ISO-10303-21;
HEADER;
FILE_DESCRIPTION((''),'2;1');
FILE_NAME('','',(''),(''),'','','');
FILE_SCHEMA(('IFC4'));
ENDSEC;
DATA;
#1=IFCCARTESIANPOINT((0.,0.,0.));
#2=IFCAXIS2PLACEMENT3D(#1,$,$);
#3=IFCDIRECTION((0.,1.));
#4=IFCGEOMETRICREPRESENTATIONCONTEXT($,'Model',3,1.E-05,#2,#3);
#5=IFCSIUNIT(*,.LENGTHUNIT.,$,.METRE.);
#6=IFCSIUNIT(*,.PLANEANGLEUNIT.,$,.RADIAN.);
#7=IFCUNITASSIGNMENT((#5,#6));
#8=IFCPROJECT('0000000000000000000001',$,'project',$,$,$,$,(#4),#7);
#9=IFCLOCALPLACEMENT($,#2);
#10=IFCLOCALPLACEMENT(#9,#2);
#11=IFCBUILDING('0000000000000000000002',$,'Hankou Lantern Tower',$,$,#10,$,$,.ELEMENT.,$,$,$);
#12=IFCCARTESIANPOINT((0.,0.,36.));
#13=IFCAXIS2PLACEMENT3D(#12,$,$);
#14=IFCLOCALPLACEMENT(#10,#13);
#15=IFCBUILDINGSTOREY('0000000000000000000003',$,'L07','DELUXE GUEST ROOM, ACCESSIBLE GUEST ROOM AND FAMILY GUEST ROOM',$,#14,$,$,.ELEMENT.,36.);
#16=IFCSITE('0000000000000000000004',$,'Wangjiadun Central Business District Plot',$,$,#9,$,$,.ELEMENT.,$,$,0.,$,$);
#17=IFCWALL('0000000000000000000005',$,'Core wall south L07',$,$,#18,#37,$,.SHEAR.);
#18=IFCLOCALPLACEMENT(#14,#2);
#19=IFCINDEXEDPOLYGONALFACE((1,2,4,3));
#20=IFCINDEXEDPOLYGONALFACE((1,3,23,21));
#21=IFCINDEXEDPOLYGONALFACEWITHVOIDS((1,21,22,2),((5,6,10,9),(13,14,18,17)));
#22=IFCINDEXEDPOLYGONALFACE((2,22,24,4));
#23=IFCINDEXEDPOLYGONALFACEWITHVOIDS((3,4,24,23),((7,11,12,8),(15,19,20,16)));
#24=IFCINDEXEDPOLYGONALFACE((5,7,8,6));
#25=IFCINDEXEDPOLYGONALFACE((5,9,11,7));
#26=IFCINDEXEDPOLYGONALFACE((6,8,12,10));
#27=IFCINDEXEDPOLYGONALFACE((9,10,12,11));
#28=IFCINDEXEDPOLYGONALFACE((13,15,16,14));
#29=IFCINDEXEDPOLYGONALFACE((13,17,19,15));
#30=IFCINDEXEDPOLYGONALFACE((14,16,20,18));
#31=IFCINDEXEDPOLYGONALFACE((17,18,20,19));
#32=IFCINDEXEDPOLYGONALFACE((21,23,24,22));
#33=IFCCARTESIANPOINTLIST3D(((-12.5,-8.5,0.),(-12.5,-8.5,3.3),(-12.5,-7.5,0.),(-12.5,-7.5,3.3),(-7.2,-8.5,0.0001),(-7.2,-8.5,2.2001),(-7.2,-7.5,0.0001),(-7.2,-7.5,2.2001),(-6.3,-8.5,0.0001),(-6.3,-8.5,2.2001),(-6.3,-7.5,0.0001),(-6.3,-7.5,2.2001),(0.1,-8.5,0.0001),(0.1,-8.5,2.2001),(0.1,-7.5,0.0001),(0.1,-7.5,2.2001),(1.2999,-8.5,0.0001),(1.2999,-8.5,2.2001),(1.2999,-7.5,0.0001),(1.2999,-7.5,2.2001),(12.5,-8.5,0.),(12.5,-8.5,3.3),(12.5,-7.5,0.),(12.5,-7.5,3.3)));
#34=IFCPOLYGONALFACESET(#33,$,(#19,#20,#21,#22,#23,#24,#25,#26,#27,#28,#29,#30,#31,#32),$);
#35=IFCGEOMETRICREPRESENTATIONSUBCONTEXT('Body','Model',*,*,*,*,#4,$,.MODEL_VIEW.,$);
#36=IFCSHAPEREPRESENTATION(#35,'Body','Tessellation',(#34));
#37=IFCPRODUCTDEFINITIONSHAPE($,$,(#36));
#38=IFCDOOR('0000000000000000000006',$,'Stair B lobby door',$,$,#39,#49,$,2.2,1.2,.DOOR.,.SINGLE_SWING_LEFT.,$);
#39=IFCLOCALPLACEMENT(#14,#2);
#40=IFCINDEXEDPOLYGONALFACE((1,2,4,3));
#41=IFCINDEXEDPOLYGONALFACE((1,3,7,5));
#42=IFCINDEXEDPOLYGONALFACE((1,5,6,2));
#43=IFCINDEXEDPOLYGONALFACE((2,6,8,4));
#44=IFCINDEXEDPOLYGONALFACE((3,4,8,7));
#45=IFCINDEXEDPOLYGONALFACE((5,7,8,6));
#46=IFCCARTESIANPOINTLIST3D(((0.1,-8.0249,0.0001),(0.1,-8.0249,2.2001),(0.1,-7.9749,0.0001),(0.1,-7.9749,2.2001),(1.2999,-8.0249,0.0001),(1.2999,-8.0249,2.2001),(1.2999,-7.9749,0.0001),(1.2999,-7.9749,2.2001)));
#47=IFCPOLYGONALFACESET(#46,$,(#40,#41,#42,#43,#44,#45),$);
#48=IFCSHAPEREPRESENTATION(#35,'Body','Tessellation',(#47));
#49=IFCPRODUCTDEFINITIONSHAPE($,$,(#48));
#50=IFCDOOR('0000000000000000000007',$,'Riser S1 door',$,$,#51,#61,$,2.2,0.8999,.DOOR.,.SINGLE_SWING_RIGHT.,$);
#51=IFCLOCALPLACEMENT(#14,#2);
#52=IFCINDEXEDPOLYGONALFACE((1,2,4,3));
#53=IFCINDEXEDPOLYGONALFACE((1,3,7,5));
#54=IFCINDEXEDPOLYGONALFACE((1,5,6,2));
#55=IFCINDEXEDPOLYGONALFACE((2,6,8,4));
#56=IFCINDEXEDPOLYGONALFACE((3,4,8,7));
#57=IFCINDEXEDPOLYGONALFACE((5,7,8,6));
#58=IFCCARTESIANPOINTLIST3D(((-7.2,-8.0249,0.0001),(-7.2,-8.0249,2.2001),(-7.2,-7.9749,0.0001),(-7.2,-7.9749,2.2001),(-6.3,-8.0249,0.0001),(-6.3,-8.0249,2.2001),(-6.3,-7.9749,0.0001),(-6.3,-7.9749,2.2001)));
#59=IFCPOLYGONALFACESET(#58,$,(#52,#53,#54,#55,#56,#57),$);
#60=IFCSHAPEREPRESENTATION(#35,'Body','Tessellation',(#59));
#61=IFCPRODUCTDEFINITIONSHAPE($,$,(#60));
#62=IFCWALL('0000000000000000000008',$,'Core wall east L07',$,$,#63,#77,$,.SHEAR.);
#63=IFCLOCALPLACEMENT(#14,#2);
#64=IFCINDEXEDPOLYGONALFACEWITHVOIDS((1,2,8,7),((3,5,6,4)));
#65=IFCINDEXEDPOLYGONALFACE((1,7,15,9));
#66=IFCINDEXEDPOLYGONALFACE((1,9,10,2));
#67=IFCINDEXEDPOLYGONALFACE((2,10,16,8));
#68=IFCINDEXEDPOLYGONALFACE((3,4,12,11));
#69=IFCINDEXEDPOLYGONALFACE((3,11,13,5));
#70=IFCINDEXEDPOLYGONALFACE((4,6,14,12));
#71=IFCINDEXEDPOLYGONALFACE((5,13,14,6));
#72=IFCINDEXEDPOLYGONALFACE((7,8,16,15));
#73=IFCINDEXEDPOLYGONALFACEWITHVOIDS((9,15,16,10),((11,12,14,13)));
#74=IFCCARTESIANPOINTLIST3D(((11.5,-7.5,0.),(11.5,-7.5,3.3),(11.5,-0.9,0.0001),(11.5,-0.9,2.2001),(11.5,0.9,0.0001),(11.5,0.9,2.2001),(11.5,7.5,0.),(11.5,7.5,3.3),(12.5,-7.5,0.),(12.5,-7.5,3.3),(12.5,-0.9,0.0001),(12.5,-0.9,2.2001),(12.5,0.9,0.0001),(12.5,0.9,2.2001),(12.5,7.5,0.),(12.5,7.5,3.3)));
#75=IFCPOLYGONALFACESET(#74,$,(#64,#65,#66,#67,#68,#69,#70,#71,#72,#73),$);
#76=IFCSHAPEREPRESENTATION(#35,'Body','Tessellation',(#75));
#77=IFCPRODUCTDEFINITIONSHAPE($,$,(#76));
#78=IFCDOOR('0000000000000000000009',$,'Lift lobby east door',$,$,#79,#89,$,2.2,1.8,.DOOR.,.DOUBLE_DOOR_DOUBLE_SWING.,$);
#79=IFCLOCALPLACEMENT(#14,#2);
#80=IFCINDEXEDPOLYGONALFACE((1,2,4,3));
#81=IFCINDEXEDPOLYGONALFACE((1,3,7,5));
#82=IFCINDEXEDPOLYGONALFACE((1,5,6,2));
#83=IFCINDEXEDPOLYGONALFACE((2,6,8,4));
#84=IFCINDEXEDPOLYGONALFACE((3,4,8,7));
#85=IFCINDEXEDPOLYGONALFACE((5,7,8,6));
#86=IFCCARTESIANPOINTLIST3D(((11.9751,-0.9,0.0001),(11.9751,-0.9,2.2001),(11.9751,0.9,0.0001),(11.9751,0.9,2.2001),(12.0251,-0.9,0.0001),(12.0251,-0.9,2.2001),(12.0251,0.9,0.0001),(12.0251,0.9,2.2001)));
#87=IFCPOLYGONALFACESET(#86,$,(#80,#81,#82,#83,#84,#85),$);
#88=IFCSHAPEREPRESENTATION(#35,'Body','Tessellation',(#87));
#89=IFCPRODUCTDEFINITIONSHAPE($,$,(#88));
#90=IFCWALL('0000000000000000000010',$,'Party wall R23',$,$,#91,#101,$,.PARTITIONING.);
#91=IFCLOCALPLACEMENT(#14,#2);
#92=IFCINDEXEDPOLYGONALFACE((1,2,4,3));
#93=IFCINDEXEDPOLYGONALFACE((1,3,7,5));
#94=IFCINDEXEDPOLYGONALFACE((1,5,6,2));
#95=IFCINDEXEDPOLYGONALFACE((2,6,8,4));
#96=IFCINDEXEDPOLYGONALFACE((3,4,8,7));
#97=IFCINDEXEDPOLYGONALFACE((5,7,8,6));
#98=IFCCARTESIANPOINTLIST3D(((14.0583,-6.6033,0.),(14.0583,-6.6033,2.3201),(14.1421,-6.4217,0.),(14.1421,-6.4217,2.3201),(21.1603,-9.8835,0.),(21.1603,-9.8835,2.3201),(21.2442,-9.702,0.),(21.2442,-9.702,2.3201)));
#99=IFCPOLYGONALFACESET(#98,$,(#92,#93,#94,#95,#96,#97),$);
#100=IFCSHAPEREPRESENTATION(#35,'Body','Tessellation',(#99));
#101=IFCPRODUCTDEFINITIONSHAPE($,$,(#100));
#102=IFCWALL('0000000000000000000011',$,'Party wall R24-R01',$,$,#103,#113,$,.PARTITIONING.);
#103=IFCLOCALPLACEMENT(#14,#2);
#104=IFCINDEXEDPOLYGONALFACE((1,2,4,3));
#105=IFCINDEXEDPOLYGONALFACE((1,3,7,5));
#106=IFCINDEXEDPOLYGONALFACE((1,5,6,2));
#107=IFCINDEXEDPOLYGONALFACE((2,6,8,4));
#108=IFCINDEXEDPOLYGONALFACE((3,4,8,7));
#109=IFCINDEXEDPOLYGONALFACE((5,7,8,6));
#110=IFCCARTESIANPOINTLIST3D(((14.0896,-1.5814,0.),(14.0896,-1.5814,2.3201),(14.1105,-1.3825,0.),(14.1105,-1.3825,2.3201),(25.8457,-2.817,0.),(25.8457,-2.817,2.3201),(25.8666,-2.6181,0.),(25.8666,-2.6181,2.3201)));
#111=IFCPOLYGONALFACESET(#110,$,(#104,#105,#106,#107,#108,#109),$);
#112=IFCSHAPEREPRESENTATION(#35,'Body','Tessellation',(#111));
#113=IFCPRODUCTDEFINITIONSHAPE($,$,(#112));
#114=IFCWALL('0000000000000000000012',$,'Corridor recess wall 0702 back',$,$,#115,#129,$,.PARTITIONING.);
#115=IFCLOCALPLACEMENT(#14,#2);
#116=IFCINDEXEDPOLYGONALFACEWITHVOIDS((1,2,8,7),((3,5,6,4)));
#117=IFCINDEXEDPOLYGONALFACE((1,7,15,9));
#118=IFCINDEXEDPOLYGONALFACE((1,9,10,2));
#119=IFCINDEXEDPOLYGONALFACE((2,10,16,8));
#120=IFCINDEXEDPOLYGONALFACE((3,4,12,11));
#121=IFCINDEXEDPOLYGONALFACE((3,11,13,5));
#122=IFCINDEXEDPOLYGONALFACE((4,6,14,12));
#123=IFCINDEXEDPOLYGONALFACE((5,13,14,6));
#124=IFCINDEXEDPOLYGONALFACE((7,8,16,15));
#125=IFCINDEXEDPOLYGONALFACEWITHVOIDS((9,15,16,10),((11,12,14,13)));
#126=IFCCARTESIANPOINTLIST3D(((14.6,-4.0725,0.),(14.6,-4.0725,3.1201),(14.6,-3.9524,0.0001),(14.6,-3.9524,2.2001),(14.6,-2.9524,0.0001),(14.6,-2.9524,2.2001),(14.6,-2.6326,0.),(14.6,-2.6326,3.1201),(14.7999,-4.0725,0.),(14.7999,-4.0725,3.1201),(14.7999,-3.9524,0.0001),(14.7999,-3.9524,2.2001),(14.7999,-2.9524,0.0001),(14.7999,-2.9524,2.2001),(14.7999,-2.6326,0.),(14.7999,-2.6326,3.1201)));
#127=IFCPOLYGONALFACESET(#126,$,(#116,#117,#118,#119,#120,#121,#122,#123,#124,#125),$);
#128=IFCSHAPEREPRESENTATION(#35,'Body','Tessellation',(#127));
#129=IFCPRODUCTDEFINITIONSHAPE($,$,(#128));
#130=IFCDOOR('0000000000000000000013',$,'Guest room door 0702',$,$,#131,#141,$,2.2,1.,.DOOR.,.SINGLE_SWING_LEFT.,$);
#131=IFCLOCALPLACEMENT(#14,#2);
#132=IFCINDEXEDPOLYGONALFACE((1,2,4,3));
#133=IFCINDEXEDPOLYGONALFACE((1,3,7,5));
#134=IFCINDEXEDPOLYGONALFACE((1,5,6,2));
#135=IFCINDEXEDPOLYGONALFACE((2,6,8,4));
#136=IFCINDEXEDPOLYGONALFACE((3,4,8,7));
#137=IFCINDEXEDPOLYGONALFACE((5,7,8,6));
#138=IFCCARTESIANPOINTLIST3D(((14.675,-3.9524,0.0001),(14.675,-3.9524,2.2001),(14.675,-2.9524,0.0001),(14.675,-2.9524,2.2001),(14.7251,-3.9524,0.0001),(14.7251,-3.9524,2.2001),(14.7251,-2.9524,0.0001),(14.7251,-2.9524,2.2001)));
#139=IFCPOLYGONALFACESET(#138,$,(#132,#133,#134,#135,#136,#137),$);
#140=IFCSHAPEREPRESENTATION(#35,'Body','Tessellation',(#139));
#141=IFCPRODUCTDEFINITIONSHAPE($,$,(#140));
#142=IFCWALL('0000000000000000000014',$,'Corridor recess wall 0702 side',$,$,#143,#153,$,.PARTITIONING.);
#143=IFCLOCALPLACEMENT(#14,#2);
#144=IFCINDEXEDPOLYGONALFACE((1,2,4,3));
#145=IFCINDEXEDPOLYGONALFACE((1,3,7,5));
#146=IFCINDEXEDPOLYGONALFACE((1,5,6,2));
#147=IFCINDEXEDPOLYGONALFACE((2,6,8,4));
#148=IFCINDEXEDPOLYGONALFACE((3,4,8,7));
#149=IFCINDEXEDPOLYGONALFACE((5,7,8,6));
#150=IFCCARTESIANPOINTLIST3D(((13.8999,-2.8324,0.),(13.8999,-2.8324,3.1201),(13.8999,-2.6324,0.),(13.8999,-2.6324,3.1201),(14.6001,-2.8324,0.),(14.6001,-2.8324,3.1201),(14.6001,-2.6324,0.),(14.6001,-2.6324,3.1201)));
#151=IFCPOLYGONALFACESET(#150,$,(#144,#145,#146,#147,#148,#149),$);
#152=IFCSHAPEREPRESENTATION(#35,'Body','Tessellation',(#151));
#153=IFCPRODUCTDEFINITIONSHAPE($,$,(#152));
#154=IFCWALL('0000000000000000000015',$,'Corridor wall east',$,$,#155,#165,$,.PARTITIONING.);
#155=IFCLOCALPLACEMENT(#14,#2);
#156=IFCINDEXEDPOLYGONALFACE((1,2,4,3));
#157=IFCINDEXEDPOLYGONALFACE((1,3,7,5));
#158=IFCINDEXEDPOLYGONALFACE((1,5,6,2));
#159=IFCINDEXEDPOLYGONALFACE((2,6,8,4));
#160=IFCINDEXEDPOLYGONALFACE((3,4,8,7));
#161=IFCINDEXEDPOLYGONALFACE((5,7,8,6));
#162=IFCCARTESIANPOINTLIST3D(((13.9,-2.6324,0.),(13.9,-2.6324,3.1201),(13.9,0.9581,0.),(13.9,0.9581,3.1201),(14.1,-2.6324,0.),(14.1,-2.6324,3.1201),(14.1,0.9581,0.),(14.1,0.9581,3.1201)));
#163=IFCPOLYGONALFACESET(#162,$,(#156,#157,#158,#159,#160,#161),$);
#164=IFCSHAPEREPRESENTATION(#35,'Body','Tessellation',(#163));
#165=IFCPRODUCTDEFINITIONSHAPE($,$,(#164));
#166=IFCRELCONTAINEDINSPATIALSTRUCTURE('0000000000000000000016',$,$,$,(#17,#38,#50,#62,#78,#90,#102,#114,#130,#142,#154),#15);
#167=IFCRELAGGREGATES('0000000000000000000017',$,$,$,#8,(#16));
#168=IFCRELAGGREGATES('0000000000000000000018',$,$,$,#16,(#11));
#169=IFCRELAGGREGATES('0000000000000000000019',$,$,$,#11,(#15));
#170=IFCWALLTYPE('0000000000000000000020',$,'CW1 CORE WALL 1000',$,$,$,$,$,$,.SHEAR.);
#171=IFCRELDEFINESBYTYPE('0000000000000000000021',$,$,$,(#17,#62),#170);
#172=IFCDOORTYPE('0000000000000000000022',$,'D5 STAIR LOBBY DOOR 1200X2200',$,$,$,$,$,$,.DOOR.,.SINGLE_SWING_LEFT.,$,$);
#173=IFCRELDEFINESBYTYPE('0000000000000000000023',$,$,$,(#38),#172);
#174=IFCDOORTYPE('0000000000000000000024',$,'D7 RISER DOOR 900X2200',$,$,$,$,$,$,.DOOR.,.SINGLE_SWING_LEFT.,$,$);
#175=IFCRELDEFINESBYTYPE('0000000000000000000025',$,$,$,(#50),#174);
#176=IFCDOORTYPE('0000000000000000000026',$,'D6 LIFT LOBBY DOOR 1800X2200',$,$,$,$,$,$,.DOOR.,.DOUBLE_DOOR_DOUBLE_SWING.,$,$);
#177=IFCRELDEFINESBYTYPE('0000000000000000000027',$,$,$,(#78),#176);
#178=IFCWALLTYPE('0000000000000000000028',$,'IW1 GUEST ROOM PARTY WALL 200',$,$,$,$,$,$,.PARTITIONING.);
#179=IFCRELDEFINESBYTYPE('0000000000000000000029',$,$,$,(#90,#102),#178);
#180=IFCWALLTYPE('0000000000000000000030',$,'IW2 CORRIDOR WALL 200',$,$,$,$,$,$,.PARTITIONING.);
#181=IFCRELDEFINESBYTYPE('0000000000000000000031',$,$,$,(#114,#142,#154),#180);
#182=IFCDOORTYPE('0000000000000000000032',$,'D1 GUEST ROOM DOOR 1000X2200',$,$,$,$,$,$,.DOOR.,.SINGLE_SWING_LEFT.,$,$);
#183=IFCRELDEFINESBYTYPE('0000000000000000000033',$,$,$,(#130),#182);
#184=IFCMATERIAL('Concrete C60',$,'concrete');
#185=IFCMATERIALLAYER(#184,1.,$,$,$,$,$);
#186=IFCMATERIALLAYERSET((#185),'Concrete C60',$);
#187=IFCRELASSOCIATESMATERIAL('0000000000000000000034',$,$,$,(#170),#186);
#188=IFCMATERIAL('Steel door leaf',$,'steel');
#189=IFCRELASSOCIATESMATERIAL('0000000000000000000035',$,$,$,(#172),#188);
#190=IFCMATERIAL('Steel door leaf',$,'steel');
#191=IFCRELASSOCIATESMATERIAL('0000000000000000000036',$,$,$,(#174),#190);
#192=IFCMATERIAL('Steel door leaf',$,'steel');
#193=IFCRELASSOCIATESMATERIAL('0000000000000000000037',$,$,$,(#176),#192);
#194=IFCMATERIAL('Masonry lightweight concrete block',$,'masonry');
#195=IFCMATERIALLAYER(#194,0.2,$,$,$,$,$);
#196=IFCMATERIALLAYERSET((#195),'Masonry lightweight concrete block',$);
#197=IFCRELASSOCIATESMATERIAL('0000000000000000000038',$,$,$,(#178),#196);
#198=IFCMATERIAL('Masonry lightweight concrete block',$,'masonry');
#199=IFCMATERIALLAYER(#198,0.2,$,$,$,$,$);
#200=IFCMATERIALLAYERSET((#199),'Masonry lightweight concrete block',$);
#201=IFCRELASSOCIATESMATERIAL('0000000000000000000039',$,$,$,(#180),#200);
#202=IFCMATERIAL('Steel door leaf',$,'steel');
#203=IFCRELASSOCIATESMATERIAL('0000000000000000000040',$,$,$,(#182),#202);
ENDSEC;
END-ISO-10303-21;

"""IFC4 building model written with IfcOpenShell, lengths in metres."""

from ifc_helpers import new_model, si_unit, direction, frame, frame_2d, origin, place, context, subcontext, project, spatial, rectangle, extrude, material, layer, layer_set, type_object, element, fill, save


model = new_model("IFC4")

# Units and contexts
model_context = context("Model", 3, precision=1e-05, world=origin(), true_north=direction((0.0, 1.0)))
body_context = subcontext(model_context, "Body", "Model", "MODEL_VIEW")
ifc_project = project(units=[si_unit("LENGTHUNIT", "METRE"), si_unit("PLANEANGLEUNIT", "RADIAN")], contexts=[model_context])

# Site, building, storey
site_placement = place(None, origin())
site = spatial("IfcSite", under=ifc_project, at=site_placement, Name="Wangjiadun Central Business District Plot", CompositionType="ELEMENT", RefElevation=0.0)
building_placement = place(site_placement, origin())
building = spatial("IfcBuilding", under=site, at=building_placement, Name="Hankou Lantern Tower", CompositionType="ELEMENT")
storey_placement = place(building_placement, frame((0.0, 0.0, 36.0)))
storey = spatial("IfcBuildingStorey", under=building, at=storey_placement, Name="L07", Description="DELUXE GUEST ROOM, ACCESSIBLE GUEST ROOM AND FAMILY GUEST ROOM", CompositionType="ELEMENT", Elevation=36.0)

# Wall, openings, doors
ifc_material_1 = material(Name="Concrete C60", Category="concrete")
ifc_layer_1 = layer(ifc_material_1, 1.0)
ifc_layer_set_1 = layer_set([ifc_layer_1], Name="Concrete C60")
wall_type_1 = type_object("IfcWallType", Name="CW1 CORE WALL 1000", PredefinedType="SHEAR", material=ifc_layer_set_1)
wall_1_placement = place(storey_placement, frame((12.5, -8.0, 0.0), z_axis=(0.0, 0.0, 1.0), x_axis=(-1.0, 0.0, 0.0)))
wall_1 = element("IfcWall", 1, at=wall_1_placement, inside=storey, type_object=wall_type_1, Name="Core wall south L07", PredefinedType="SHEAR", context=body_context, shape_type="SweptSolid", body=[
    extrude(rectangle(XDim=25.0, YDim=1.0, at=frame_2d((12.5, 0.0))), origin(), (0.0, 0.0, 1.0), 3.3),
])
opening_1_placement = place(wall_1_placement, frame((11.2, 0.0, 0.0)))
opening_1 = element("IfcOpeningElement", 2, at=opening_1_placement, cuts=wall_1, PredefinedType="OPENING", context=body_context, shape_type="SweptSolid", body=[
    extrude(rectangle(XDim=1.2, YDim=2.2, at=frame_2d((0.6001, 1.1001))), frame((0.0, 0.51, 0.0), z_axis=(0.0, -1.0, 0.0), x_axis=(1.0, 0.0, 0.0)), (0.0, 0.0, 1.0), 1.02),
])
opening_2_placement = place(wall_1_placement, frame((18.8, 0.0, 0.0)))
opening_2 = element("IfcOpeningElement", 3, at=opening_2_placement, cuts=wall_1, PredefinedType="OPENING", context=body_context, shape_type="SweptSolid", body=[
    extrude(rectangle(XDim=0.8999, YDim=2.2, at=frame_2d((0.45, 1.1001))), frame((0.0, 0.51, 0.0), z_axis=(0.0, -1.0, 0.0), x_axis=(1.0, 0.0, 0.0)), (0.0, 0.0, 1.0), 1.02),
])
ifc_material_2 = material(Name="Steel door leaf", Category="steel")
door_type_1 = type_object("IfcDoorType", Name="D5 STAIR LOBBY DOOR 1200X2200", OperationType="SINGLE_SWING_LEFT", PredefinedType="DOOR", material=ifc_material_2)
door_1_placement = place(opening_1_placement, origin())
door_1 = element("IfcDoor", 4, at=door_1_placement, inside=storey, type_object=door_type_1, Name="Stair B lobby door", OperationType="SINGLE_SWING_LEFT", OverallHeight=2.2, OverallWidth=1.2, PredefinedType="DOOR", context=body_context, shape_type="SweptSolid", body=[
    extrude(rectangle(XDim=1.2, YDim=2.2, at=frame_2d((0.6001, 1.1001))), frame((0.0, 0.0249, 0.0), z_axis=(0.0, -1.0, 0.0), x_axis=(1.0, 0.0, 0.0)), (0.0, 0.0, 1.0), 0.05),
])
fill(opening_1, door_1)
ifc_material_3 = material(Name="Steel door leaf", Category="steel")
door_type_2 = type_object("IfcDoorType", Name="D7 RISER DOOR 900X2200", OperationType="SINGLE_SWING_LEFT", PredefinedType="DOOR", material=ifc_material_3)
door_2_placement = place(opening_2_placement, origin())
door_2 = element("IfcDoor", 5, at=door_2_placement, inside=storey, type_object=door_type_2, Name="Riser S1 door", OperationType="SINGLE_SWING_RIGHT", OverallHeight=2.2, OverallWidth=0.8999, PredefinedType="DOOR", context=body_context, shape_type="SweptSolid", body=[
    extrude(rectangle(XDim=0.8999, YDim=2.2, at=frame_2d((0.45, 1.1001))), frame((0.0, 0.0249, 0.0), z_axis=(0.0, -1.0, 0.0), x_axis=(1.0, 0.0, 0.0)), (0.0, 0.0, 1.0), 0.05),
])
fill(opening_2, door_2)

# Wall, opening, door
wall_2_placement = place(storey_placement, frame((12.0, -7.5, 0.0), z_axis=(0.0, 0.0, 1.0), x_axis=(0.0, 1.0, 0.0)))
wall_2 = element("IfcWall", 6, at=wall_2_placement, inside=storey, type_object=wall_type_1, Name="Core wall east L07", PredefinedType="SHEAR", context=body_context, shape_type="SweptSolid", body=[
    extrude(rectangle(XDim=15.0, YDim=1.0, at=frame_2d((7.5, 0.0))), origin(), (0.0, 0.0, 1.0), 3.3),
])
opening_3_placement = place(wall_2_placement, frame((6.6001, 0.0, 0.0)))
opening_3 = element("IfcOpeningElement", 7, at=opening_3_placement, cuts=wall_2, PredefinedType="OPENING", context=body_context, shape_type="SweptSolid", body=[
    extrude(rectangle(XDim=1.8, YDim=2.2, at=frame_2d((0.8999, 1.1001))), frame((0.0, 0.51, 0.0), z_axis=(0.0, -1.0, 0.0), x_axis=(1.0, 0.0, 0.0)), (0.0, 0.0, 1.0), 1.02),
])
ifc_material_4 = material(Name="Steel door leaf", Category="steel")
door_type_3 = type_object("IfcDoorType", Name="D6 LIFT LOBBY DOOR 1800X2200", OperationType="DOUBLE_DOOR_DOUBLE_SWING", PredefinedType="DOOR", material=ifc_material_4)
door_3_placement = place(opening_3_placement, origin())
door_3 = element("IfcDoor", 8, at=door_3_placement, inside=storey, type_object=door_type_3, Name="Lift lobby east door", OperationType="DOUBLE_DOOR_DOUBLE_SWING", OverallHeight=2.2, OverallWidth=1.8, PredefinedType="DOOR", context=body_context, shape_type="SweptSolid", body=[
    extrude(rectangle(XDim=1.8, YDim=2.2, at=frame_2d((0.8999, 1.1001))), frame((0.0, 0.0249, 0.0), z_axis=(0.0, -1.0, 0.0), x_axis=(1.0, 0.0, 0.0)), (0.0, 0.0, 1.0), 0.05),
])
fill(opening_3, door_3)

# Walls
ifc_material_5 = material(Name="Masonry lightweight concrete block", Category="masonry")
ifc_layer_2 = layer(ifc_material_5, 0.2)
ifc_layer_set_2 = layer_set([ifc_layer_2], Name="Masonry lightweight concrete block")
wall_type_2 = type_object("IfcWallType", Name="IW1 GUEST ROOM PARTY WALL 200", PredefinedType="PARTITIONING", material=ifc_layer_set_2)
wall_3_placement = place(storey_placement, frame((14.1001, -6.5125, 0.0), z_axis=(0.0, 0.0, 1.0), x_axis=(0.907842, -0.419311, 0.0)))
element("IfcWall", 9, at=wall_3_placement, inside=storey, type_object=wall_type_2, Name="Party wall R23", PredefinedType="PARTITIONING", context=body_context, shape_type="SweptSolid", body=[
    extrude(rectangle(XDim=7.823, YDim=0.2, at=frame_2d((3.9116, 0.0))), origin(), (0.0, 0.0, 1.0), 2.3201),
])
wall_4_placement = place(storey_placement, frame((14.1001, -1.4819, 0.0), z_axis=(0.0, 0.0, 1.0), x_axis=(0.994522, -0.104527, 0.0)))
element("IfcWall", 10, at=wall_4_placement, inside=storey, type_object=wall_type_2, Name="Party wall R24-R01", PredefinedType="PARTITIONING", context=body_context, shape_type="SweptSolid", body=[
    extrude(rectangle(XDim=11.8208, YDim=0.2, at=frame_2d((5.9104, 0.0))), origin(), (0.0, 0.0, 1.0), 2.3201),
])

# Wall, opening, door
ifc_material_6 = material(Name="Masonry lightweight concrete block", Category="masonry")
ifc_layer_3 = layer(ifc_material_6, 0.2)
ifc_layer_set_3 = layer_set([ifc_layer_3], Name="Masonry lightweight concrete block")
wall_type_3 = type_object("IfcWallType", Name="IW2 CORRIDOR WALL 200", PredefinedType="PARTITIONING", material=ifc_layer_set_3)
wall_5_placement = place(storey_placement, frame((14.7, -4.0725, 0.0), z_axis=(0.0, 0.0, 1.0), x_axis=(0.0, 1.0, 0.0)))
wall_5 = element("IfcWall", 11, at=wall_5_placement, inside=storey, type_object=wall_type_3, Name="Corridor recess wall 0702 back", PredefinedType="PARTITIONING", context=body_context, shape_type="SweptSolid", body=[
    extrude(rectangle(XDim=1.4399, YDim=0.2, at=frame_2d((0.72, 0.0))), origin(), (0.0, 0.0, 1.0), 3.1201),
])
opening_4_placement = place(wall_5_placement, frame((0.1201, 0.0, 0.0)))
opening_4 = element("IfcOpeningElement", 12, at=opening_4_placement, cuts=wall_5, PredefinedType="OPENING", context=body_context, shape_type="SweptSolid", body=[
    extrude(rectangle(XDim=1.0, YDim=2.2, at=frame_2d((0.5, 1.1001))), frame((0.0, 0.1099, 0.0), z_axis=(0.0, -1.0, 0.0), x_axis=(1.0, 0.0, 0.0)), (0.0, 0.0, 1.0), 0.22),
])
ifc_material_7 = material(Name="Steel door leaf", Category="steel")
door_type_4 = type_object("IfcDoorType", Name="D1 GUEST ROOM DOOR 1000X2200", OperationType="SINGLE_SWING_LEFT", PredefinedType="DOOR", material=ifc_material_7)
door_4_placement = place(opening_4_placement, origin())
door_4 = element("IfcDoor", 13, at=door_4_placement, inside=storey, type_object=door_type_4, Name="Guest room door 0702", OperationType="SINGLE_SWING_LEFT", OverallHeight=2.2, OverallWidth=1.0, PredefinedType="DOOR", context=body_context, shape_type="SweptSolid", body=[
    extrude(rectangle(XDim=1.0, YDim=2.2, at=frame_2d((0.5, 1.1001))), frame((0.0, 0.0249, 0.0), z_axis=(0.0, -1.0, 0.0), x_axis=(1.0, 0.0, 0.0)), (0.0, 0.0, 1.0), 0.05),
])
fill(opening_4, door_4)

# Walls
wall_6_placement = place(storey_placement, frame((13.8999, -2.7324, 0.0), z_axis=(0.0, 0.0, 1.0), x_axis=(1.0, 0.0, 0.0)))
element("IfcWall", 14, at=wall_6_placement, inside=storey, type_object=wall_type_3, Name="Corridor recess wall 0702 side", PredefinedType="PARTITIONING", context=body_context, shape_type="SweptSolid", body=[
    extrude(rectangle(XDim=0.7002, YDim=0.2, at=frame_2d((0.3501, 0.0))), origin(), (0.0, 0.0, 1.0), 3.1201),
])
wall_7_placement = place(storey_placement, frame((14.0, -2.6326, 0.0), z_axis=(0.0, 0.0, 1.0), x_axis=(0.0, 1.0, 0.0)))
element("IfcWall", 15, at=wall_7_placement, inside=storey, type_object=wall_type_3, Name="Corridor wall east", PredefinedType="PARTITIONING", context=body_context, shape_type="SweptSolid", body=[
    extrude(rectangle(XDim=3.5906, YDim=0.2, at=frame_2d((1.7954, 0.0))), origin(), (0.0, 0.0, 1.0), 3.1201),
])

save(model, "model.ifc")
